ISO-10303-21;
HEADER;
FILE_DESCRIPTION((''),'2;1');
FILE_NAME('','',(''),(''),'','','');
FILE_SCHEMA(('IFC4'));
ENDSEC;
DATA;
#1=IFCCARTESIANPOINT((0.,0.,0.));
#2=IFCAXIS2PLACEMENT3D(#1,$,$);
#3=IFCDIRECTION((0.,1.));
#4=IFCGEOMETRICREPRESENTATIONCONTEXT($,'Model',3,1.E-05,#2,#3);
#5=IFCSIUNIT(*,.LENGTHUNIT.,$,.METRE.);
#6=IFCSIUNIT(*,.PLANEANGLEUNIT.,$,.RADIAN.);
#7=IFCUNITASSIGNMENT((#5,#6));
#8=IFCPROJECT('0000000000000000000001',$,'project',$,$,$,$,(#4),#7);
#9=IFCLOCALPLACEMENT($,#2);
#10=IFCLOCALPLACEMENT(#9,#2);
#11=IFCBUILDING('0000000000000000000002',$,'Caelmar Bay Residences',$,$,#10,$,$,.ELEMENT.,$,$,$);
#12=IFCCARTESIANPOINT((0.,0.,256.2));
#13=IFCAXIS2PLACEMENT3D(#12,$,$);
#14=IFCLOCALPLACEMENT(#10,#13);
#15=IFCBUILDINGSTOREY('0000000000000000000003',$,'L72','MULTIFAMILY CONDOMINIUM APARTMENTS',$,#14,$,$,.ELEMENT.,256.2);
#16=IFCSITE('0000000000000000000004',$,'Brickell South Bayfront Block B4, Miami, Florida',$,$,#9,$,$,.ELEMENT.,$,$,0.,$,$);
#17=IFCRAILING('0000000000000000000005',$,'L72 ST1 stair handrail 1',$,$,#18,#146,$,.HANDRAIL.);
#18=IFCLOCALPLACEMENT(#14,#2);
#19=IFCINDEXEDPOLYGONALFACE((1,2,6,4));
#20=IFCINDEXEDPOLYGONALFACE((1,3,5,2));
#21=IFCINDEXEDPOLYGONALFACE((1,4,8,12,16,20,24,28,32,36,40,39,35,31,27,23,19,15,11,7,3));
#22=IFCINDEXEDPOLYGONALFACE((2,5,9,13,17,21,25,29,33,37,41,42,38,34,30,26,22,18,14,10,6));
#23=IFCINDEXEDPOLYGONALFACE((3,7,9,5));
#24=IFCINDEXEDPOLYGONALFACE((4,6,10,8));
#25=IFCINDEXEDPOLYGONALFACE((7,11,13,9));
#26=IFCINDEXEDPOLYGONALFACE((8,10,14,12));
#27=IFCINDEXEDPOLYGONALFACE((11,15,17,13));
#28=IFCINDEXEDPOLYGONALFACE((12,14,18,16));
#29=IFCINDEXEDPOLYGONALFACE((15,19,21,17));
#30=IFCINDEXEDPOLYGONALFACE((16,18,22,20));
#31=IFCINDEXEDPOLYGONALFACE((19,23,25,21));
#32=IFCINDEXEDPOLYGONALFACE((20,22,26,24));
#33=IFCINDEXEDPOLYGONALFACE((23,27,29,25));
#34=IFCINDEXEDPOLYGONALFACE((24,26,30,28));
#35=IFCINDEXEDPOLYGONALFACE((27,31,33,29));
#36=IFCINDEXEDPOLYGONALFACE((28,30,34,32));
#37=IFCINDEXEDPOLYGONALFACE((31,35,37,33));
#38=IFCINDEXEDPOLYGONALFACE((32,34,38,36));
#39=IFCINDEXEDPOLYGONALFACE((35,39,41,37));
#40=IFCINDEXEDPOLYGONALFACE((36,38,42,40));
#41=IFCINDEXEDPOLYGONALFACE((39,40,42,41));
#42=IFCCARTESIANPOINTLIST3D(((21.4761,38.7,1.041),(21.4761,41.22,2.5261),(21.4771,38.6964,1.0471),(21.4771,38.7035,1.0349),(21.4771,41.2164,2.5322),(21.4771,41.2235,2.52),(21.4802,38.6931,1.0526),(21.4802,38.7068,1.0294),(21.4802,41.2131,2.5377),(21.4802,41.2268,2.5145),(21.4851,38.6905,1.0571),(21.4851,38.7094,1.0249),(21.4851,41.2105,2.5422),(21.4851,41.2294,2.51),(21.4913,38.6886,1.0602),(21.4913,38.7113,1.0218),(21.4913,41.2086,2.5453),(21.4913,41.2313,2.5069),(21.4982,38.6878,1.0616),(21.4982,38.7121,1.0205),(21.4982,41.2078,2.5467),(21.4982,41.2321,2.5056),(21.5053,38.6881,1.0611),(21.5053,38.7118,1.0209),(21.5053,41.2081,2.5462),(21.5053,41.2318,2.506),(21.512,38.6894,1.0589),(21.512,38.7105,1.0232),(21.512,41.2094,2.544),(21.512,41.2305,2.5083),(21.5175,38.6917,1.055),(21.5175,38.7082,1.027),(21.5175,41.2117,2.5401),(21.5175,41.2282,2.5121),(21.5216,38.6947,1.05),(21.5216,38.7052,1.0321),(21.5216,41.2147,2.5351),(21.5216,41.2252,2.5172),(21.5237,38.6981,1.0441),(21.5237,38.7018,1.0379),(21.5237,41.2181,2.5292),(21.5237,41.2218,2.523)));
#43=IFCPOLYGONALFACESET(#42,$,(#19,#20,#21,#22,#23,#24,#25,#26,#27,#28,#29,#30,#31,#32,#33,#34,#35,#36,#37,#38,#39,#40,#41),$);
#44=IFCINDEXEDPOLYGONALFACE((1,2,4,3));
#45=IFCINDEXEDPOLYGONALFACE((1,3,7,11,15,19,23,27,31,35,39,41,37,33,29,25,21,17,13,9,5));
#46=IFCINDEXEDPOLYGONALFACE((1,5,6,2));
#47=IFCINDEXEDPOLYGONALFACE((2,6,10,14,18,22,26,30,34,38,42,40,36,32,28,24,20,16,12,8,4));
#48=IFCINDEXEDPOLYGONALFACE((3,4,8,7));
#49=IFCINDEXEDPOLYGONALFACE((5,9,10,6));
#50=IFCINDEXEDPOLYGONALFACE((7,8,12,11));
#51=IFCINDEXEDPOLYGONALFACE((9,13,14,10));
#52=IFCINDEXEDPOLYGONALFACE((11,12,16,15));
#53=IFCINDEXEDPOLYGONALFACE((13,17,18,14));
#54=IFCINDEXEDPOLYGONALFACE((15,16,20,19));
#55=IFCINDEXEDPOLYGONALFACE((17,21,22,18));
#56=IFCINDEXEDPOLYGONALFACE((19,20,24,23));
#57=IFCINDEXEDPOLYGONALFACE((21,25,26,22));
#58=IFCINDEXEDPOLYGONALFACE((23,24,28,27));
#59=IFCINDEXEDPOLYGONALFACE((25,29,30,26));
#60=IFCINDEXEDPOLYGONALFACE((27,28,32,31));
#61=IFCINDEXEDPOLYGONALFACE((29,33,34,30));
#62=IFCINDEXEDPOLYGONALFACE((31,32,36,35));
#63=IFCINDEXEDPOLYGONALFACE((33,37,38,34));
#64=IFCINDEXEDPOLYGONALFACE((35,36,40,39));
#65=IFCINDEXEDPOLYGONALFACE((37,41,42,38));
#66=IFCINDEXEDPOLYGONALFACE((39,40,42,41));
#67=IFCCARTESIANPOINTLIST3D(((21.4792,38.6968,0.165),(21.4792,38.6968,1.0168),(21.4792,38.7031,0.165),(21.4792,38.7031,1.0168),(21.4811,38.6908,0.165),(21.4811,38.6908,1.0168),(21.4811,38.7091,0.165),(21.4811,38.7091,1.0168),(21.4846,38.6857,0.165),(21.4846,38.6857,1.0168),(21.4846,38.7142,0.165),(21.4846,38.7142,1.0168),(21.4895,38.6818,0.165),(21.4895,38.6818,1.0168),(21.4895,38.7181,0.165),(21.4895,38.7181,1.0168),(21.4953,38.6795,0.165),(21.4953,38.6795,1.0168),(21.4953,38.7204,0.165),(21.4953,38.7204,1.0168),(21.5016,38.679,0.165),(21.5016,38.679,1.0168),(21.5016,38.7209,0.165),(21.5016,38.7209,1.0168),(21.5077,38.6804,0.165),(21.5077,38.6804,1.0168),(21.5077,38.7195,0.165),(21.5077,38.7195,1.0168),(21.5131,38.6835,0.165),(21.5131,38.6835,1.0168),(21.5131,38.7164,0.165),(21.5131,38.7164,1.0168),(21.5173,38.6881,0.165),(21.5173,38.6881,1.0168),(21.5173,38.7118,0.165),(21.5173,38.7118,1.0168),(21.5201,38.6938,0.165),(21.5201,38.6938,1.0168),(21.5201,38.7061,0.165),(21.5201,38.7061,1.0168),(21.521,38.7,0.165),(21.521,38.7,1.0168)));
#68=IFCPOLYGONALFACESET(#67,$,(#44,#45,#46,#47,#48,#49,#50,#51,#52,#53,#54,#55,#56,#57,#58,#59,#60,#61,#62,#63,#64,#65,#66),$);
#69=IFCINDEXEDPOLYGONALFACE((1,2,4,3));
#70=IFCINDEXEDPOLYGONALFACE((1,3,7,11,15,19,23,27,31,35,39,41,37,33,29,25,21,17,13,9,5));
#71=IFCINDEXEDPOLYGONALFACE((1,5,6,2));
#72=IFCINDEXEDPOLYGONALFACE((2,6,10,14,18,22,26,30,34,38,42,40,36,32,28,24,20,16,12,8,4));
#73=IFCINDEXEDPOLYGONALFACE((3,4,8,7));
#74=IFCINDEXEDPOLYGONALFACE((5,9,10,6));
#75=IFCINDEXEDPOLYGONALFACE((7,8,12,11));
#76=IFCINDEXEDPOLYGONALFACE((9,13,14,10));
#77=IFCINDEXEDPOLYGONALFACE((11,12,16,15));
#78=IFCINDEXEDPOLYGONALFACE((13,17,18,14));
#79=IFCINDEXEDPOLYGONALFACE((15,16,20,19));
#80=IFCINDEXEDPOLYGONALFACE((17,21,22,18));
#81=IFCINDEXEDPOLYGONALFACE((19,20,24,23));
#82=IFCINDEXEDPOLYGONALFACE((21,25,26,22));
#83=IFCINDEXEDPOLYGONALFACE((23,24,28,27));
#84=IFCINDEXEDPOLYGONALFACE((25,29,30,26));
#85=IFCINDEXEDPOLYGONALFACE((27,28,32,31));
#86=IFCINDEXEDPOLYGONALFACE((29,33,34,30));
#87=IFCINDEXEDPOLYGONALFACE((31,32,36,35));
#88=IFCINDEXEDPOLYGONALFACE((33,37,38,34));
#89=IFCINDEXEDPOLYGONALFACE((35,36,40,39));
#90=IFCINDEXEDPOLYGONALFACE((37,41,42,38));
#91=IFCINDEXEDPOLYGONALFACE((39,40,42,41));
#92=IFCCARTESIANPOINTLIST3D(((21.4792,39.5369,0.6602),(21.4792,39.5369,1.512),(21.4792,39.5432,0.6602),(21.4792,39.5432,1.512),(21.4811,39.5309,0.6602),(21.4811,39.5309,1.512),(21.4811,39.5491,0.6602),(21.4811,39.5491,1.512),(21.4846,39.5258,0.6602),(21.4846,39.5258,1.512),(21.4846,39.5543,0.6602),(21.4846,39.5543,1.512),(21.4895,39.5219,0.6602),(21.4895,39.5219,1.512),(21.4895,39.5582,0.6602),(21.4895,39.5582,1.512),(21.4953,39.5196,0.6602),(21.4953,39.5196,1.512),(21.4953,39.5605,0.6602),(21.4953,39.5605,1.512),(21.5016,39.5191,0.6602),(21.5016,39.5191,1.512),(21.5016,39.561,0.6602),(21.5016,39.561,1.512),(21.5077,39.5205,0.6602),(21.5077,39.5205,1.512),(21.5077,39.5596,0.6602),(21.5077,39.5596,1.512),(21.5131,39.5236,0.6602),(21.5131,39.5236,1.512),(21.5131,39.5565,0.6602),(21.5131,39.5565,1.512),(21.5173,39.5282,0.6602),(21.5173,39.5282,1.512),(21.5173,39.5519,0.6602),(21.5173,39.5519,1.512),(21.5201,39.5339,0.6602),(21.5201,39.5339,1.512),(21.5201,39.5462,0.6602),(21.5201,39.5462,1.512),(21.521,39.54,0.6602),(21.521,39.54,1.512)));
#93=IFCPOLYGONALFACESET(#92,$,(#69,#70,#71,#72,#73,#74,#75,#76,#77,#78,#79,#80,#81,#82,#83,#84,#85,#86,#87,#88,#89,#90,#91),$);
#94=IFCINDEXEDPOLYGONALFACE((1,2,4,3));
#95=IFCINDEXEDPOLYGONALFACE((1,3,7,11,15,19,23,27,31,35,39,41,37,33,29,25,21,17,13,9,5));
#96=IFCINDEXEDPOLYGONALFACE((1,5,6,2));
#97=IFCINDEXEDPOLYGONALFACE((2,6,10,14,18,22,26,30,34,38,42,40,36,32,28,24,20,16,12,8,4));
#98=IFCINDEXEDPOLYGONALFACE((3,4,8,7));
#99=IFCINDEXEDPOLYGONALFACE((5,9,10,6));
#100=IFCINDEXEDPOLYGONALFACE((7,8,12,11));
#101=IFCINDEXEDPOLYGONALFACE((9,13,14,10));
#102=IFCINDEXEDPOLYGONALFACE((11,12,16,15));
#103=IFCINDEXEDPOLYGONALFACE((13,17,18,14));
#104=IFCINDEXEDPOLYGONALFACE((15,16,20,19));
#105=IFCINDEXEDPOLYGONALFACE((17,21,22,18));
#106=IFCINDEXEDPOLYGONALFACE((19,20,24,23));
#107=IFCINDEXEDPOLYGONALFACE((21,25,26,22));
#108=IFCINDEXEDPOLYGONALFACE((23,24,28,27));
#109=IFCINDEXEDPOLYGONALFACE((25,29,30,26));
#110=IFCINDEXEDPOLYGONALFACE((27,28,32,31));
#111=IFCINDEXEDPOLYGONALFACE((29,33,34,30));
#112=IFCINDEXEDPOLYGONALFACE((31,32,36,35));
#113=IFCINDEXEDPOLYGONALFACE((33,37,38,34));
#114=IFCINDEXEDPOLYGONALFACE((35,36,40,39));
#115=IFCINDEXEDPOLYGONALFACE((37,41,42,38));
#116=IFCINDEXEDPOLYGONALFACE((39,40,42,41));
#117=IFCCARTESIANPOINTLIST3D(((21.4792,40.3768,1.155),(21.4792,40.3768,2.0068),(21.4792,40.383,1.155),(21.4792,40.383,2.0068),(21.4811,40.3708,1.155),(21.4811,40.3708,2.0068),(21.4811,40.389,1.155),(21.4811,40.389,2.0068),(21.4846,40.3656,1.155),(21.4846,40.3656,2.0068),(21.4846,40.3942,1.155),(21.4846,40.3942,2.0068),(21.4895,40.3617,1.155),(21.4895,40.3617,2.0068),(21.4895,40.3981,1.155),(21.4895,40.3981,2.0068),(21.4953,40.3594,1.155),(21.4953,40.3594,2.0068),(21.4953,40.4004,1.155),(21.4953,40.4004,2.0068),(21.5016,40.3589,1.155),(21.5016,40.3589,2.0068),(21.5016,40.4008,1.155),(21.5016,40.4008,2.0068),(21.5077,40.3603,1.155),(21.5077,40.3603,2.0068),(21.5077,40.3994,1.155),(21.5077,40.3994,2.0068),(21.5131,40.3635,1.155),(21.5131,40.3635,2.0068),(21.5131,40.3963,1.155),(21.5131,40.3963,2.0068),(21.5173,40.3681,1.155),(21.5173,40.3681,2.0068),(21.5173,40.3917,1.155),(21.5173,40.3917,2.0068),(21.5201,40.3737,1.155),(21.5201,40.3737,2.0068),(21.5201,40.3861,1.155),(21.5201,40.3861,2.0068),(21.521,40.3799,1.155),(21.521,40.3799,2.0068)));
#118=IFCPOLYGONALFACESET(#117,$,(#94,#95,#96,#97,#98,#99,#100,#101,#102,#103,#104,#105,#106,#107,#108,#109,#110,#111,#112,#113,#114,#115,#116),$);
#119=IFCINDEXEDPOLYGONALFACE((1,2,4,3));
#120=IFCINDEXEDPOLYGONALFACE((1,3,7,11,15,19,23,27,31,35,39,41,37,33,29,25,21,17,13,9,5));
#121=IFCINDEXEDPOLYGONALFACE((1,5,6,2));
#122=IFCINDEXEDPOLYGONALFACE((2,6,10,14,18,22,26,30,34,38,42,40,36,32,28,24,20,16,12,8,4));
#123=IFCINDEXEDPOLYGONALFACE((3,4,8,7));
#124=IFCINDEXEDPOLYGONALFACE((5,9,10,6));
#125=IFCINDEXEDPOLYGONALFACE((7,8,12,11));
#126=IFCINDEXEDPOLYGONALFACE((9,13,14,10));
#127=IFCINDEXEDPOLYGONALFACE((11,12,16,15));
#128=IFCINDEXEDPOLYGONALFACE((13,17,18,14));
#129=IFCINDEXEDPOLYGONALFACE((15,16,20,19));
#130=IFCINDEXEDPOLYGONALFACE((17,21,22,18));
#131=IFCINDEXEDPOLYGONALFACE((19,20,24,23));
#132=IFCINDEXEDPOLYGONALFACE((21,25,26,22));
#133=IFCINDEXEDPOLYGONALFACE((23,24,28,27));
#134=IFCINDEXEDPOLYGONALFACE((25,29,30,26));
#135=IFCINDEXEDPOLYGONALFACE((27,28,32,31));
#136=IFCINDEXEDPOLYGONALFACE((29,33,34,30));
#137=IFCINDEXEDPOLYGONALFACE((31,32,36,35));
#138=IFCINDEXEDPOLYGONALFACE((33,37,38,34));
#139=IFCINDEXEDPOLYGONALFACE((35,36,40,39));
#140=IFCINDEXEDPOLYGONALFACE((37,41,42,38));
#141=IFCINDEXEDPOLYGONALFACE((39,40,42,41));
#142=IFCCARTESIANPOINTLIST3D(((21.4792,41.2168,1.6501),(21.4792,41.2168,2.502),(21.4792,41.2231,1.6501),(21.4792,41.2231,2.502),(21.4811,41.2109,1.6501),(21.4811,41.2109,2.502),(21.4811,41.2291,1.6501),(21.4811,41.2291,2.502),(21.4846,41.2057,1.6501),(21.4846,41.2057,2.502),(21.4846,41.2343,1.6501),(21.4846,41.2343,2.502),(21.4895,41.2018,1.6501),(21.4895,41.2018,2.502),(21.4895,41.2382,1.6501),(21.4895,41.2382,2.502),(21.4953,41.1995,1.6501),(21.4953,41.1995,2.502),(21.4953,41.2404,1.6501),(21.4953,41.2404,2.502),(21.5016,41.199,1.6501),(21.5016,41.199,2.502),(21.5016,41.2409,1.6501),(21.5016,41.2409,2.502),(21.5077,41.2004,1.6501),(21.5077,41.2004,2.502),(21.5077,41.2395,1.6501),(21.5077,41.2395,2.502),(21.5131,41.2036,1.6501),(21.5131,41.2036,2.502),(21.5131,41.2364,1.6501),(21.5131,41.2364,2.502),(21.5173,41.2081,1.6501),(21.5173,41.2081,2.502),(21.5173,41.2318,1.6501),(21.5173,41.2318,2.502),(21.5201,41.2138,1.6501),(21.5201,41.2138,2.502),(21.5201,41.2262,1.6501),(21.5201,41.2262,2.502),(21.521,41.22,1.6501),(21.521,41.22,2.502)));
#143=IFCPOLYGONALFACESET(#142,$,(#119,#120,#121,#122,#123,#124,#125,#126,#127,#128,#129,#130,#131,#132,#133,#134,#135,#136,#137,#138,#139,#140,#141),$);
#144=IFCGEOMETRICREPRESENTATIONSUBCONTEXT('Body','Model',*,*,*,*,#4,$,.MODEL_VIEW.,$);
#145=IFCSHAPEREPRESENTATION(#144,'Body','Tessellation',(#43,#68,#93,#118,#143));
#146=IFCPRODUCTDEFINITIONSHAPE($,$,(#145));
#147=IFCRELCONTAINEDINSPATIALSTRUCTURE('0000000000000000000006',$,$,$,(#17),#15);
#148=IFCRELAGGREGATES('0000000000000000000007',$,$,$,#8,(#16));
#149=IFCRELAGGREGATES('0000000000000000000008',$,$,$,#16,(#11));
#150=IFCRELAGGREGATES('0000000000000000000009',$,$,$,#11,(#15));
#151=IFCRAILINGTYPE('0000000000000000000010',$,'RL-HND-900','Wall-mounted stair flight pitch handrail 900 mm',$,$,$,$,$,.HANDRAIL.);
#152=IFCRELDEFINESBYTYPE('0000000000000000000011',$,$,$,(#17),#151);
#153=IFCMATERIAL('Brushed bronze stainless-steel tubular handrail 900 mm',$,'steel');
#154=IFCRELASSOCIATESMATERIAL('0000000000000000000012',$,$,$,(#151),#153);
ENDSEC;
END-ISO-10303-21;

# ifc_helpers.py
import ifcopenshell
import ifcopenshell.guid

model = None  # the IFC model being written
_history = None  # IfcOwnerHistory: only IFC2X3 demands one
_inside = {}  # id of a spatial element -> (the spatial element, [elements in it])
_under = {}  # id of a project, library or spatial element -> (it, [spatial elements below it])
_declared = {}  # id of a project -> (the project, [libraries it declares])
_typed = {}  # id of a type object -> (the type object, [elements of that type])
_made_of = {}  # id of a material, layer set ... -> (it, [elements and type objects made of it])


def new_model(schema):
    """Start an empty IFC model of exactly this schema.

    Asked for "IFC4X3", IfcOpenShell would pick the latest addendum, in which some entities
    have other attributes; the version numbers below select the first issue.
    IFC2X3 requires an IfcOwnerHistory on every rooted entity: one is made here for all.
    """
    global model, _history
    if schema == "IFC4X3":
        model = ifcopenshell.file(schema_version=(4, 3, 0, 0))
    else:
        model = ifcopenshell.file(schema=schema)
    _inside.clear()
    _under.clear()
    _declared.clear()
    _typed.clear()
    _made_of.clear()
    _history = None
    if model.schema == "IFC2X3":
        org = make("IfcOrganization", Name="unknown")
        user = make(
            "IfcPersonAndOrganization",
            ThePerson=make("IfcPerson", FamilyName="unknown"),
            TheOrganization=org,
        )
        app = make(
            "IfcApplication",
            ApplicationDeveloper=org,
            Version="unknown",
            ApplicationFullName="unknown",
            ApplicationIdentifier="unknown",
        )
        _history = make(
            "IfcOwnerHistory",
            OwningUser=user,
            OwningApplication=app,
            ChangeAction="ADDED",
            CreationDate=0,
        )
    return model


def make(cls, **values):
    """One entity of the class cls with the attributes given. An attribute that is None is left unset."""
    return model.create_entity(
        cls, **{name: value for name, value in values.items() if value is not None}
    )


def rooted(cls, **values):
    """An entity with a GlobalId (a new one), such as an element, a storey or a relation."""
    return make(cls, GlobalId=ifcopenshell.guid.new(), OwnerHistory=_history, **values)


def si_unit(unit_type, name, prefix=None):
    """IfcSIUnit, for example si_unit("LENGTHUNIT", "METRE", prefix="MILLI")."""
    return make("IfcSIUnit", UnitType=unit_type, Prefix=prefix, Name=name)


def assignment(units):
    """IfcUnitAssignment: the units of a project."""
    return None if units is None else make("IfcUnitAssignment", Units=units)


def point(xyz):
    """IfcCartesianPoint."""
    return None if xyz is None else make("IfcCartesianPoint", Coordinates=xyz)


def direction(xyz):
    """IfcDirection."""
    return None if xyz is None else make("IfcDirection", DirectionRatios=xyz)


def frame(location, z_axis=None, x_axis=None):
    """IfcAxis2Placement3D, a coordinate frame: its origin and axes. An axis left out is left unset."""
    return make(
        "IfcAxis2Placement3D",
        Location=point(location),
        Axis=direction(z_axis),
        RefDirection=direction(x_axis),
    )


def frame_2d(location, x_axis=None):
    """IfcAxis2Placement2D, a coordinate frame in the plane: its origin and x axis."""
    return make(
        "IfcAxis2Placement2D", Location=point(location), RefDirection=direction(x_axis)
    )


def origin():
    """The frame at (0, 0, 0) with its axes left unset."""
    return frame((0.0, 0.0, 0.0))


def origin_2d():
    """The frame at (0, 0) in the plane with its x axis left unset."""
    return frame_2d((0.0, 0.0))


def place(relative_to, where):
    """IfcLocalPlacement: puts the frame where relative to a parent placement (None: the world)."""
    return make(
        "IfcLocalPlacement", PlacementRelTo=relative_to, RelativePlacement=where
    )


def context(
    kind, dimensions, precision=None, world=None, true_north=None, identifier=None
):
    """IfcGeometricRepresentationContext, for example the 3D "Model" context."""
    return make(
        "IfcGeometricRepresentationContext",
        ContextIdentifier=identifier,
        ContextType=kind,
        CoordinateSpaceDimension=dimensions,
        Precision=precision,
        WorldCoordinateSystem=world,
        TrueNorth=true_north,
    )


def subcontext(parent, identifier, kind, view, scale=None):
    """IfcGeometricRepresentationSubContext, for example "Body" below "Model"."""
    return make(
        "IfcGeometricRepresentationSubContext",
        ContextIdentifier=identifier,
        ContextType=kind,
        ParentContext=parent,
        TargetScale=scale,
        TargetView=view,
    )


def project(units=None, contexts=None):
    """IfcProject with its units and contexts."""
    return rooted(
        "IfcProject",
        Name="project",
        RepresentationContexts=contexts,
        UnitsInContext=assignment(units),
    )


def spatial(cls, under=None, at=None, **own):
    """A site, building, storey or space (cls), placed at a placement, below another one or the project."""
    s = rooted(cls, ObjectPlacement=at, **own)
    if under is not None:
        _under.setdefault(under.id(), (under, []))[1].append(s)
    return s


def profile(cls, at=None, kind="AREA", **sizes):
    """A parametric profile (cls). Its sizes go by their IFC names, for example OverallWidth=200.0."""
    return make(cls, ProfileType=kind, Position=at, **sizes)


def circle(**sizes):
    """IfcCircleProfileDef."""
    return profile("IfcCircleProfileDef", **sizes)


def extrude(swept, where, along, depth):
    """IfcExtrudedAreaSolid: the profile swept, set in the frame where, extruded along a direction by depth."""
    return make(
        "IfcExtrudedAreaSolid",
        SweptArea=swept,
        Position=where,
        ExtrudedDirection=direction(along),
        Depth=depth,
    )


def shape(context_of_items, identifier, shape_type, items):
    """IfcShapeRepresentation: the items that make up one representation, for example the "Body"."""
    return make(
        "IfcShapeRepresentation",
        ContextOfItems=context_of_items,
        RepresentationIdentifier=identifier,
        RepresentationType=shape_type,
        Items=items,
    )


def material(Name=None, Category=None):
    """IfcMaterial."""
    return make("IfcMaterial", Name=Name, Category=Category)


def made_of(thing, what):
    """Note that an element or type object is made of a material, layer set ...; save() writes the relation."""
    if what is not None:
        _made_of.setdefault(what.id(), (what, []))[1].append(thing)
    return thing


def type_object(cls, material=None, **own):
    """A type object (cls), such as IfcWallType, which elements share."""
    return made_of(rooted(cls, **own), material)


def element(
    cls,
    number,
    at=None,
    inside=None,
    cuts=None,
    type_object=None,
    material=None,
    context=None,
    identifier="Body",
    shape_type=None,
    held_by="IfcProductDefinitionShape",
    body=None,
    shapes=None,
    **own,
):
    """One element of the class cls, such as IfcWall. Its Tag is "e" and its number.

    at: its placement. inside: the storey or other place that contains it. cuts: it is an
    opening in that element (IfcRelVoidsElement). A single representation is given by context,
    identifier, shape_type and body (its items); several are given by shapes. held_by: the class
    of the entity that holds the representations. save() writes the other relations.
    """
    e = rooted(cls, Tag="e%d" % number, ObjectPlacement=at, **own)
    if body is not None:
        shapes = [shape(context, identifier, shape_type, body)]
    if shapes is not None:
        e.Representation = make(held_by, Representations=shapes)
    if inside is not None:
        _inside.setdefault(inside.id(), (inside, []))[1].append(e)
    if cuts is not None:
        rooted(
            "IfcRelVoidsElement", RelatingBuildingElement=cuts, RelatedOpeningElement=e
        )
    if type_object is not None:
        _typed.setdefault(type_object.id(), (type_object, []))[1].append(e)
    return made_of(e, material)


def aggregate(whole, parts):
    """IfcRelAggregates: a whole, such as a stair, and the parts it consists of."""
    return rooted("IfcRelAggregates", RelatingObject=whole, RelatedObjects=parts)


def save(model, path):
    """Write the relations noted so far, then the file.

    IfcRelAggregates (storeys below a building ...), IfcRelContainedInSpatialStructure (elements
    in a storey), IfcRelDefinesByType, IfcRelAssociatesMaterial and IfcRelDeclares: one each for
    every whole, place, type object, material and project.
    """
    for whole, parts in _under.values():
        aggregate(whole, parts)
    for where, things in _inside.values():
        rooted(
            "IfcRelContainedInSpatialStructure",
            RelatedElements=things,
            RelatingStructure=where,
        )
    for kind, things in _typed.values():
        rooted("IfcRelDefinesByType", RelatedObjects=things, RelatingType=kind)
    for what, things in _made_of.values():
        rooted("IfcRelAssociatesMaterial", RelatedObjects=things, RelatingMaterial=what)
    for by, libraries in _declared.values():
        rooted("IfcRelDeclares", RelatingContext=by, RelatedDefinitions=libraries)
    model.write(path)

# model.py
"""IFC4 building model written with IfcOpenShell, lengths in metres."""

from ifc_helpers import new_model, si_unit, direction, frame, origin, origin_2d, place, context, subcontext, project, spatial, circle, extrude, material, type_object, element, save


model = new_model("IFC4")

# Units and contexts
model_context = context("Model", 3, precision=1e-05, world=origin(), true_north=direction((0.0, 1.0)))
body_context = subcontext(model_context, "Body", "Model", "MODEL_VIEW")
ifc_project = project(units=[si_unit("LENGTHUNIT", "METRE"), si_unit("PLANEANGLEUNIT", "RADIAN")], contexts=[model_context])

# Site, building, storey
site_placement = place(None, origin())
site = spatial("IfcSite", under=ifc_project, at=site_placement, Name="Brickell South Bayfront Block B4, Miami, Florida", CompositionType="ELEMENT", RefElevation=0.0)
building_placement = place(site_placement, origin())
building = spatial("IfcBuilding", under=site, at=building_placement, Name="Caelmar Bay Residences", CompositionType="ELEMENT")
storey_placement = place(building_placement, frame((0.0, 0.0, 256.2)))
storey = spatial("IfcBuildingStorey", under=building, at=storey_placement, Name="L72", Description="MULTIFAMILY CONDOMINIUM APARTMENTS", CompositionType="ELEMENT", Elevation=256.2)

# Railing
ifc_material_1 = material(Name="Brushed bronze stainless-steel tubular handrail 900 mm", Category="steel")
railing_type_1 = type_object("IfcRailingType", Name="RL-HND-900", Description="Wall-mounted stair flight pitch handrail 900 mm", PredefinedType="HANDRAIL", material=ifc_material_1)
railing_1_placement = place(storey_placement, frame((21.5, 38.7, 0.165)))
element("IfcRailing", 1, at=railing_1_placement, inside=storey, type_object=railing_type_1, Name="L72 ST1 stair handrail 1", PredefinedType="HANDRAIL", context=body_context, shape_type="SweptSolid", body=[
    extrude(circle(Radius=0.0239, at=origin_2d()), frame((0.0, 0.0, 0.876), z_axis=(0.0, 0.861524, 0.507717), x_axis=(-1.0, 0.0, 0.0)), (0.0, 0.0, 1.0), 2.925),
    extrude(circle(Radius=0.021, at=origin_2d()), origin(), (0.0, 0.0, 1.0), 0.8518),
    extrude(circle(Radius=0.021, at=origin_2d()), frame((0.0, 0.8401, 0.4951)), (0.0, 0.0, 1.0), 0.8518),
    extrude(circle(Radius=0.021, at=origin_2d()), frame((0.0, 1.6799, 0.99)), (0.0, 0.0, 1.0), 0.8518),
    extrude(circle(Radius=0.021, at=origin_2d()), frame((0.0, 2.52, 1.4851)), (0.0, 0.0, 1.0), 0.8518),
])

save(model, "model.ifc")
